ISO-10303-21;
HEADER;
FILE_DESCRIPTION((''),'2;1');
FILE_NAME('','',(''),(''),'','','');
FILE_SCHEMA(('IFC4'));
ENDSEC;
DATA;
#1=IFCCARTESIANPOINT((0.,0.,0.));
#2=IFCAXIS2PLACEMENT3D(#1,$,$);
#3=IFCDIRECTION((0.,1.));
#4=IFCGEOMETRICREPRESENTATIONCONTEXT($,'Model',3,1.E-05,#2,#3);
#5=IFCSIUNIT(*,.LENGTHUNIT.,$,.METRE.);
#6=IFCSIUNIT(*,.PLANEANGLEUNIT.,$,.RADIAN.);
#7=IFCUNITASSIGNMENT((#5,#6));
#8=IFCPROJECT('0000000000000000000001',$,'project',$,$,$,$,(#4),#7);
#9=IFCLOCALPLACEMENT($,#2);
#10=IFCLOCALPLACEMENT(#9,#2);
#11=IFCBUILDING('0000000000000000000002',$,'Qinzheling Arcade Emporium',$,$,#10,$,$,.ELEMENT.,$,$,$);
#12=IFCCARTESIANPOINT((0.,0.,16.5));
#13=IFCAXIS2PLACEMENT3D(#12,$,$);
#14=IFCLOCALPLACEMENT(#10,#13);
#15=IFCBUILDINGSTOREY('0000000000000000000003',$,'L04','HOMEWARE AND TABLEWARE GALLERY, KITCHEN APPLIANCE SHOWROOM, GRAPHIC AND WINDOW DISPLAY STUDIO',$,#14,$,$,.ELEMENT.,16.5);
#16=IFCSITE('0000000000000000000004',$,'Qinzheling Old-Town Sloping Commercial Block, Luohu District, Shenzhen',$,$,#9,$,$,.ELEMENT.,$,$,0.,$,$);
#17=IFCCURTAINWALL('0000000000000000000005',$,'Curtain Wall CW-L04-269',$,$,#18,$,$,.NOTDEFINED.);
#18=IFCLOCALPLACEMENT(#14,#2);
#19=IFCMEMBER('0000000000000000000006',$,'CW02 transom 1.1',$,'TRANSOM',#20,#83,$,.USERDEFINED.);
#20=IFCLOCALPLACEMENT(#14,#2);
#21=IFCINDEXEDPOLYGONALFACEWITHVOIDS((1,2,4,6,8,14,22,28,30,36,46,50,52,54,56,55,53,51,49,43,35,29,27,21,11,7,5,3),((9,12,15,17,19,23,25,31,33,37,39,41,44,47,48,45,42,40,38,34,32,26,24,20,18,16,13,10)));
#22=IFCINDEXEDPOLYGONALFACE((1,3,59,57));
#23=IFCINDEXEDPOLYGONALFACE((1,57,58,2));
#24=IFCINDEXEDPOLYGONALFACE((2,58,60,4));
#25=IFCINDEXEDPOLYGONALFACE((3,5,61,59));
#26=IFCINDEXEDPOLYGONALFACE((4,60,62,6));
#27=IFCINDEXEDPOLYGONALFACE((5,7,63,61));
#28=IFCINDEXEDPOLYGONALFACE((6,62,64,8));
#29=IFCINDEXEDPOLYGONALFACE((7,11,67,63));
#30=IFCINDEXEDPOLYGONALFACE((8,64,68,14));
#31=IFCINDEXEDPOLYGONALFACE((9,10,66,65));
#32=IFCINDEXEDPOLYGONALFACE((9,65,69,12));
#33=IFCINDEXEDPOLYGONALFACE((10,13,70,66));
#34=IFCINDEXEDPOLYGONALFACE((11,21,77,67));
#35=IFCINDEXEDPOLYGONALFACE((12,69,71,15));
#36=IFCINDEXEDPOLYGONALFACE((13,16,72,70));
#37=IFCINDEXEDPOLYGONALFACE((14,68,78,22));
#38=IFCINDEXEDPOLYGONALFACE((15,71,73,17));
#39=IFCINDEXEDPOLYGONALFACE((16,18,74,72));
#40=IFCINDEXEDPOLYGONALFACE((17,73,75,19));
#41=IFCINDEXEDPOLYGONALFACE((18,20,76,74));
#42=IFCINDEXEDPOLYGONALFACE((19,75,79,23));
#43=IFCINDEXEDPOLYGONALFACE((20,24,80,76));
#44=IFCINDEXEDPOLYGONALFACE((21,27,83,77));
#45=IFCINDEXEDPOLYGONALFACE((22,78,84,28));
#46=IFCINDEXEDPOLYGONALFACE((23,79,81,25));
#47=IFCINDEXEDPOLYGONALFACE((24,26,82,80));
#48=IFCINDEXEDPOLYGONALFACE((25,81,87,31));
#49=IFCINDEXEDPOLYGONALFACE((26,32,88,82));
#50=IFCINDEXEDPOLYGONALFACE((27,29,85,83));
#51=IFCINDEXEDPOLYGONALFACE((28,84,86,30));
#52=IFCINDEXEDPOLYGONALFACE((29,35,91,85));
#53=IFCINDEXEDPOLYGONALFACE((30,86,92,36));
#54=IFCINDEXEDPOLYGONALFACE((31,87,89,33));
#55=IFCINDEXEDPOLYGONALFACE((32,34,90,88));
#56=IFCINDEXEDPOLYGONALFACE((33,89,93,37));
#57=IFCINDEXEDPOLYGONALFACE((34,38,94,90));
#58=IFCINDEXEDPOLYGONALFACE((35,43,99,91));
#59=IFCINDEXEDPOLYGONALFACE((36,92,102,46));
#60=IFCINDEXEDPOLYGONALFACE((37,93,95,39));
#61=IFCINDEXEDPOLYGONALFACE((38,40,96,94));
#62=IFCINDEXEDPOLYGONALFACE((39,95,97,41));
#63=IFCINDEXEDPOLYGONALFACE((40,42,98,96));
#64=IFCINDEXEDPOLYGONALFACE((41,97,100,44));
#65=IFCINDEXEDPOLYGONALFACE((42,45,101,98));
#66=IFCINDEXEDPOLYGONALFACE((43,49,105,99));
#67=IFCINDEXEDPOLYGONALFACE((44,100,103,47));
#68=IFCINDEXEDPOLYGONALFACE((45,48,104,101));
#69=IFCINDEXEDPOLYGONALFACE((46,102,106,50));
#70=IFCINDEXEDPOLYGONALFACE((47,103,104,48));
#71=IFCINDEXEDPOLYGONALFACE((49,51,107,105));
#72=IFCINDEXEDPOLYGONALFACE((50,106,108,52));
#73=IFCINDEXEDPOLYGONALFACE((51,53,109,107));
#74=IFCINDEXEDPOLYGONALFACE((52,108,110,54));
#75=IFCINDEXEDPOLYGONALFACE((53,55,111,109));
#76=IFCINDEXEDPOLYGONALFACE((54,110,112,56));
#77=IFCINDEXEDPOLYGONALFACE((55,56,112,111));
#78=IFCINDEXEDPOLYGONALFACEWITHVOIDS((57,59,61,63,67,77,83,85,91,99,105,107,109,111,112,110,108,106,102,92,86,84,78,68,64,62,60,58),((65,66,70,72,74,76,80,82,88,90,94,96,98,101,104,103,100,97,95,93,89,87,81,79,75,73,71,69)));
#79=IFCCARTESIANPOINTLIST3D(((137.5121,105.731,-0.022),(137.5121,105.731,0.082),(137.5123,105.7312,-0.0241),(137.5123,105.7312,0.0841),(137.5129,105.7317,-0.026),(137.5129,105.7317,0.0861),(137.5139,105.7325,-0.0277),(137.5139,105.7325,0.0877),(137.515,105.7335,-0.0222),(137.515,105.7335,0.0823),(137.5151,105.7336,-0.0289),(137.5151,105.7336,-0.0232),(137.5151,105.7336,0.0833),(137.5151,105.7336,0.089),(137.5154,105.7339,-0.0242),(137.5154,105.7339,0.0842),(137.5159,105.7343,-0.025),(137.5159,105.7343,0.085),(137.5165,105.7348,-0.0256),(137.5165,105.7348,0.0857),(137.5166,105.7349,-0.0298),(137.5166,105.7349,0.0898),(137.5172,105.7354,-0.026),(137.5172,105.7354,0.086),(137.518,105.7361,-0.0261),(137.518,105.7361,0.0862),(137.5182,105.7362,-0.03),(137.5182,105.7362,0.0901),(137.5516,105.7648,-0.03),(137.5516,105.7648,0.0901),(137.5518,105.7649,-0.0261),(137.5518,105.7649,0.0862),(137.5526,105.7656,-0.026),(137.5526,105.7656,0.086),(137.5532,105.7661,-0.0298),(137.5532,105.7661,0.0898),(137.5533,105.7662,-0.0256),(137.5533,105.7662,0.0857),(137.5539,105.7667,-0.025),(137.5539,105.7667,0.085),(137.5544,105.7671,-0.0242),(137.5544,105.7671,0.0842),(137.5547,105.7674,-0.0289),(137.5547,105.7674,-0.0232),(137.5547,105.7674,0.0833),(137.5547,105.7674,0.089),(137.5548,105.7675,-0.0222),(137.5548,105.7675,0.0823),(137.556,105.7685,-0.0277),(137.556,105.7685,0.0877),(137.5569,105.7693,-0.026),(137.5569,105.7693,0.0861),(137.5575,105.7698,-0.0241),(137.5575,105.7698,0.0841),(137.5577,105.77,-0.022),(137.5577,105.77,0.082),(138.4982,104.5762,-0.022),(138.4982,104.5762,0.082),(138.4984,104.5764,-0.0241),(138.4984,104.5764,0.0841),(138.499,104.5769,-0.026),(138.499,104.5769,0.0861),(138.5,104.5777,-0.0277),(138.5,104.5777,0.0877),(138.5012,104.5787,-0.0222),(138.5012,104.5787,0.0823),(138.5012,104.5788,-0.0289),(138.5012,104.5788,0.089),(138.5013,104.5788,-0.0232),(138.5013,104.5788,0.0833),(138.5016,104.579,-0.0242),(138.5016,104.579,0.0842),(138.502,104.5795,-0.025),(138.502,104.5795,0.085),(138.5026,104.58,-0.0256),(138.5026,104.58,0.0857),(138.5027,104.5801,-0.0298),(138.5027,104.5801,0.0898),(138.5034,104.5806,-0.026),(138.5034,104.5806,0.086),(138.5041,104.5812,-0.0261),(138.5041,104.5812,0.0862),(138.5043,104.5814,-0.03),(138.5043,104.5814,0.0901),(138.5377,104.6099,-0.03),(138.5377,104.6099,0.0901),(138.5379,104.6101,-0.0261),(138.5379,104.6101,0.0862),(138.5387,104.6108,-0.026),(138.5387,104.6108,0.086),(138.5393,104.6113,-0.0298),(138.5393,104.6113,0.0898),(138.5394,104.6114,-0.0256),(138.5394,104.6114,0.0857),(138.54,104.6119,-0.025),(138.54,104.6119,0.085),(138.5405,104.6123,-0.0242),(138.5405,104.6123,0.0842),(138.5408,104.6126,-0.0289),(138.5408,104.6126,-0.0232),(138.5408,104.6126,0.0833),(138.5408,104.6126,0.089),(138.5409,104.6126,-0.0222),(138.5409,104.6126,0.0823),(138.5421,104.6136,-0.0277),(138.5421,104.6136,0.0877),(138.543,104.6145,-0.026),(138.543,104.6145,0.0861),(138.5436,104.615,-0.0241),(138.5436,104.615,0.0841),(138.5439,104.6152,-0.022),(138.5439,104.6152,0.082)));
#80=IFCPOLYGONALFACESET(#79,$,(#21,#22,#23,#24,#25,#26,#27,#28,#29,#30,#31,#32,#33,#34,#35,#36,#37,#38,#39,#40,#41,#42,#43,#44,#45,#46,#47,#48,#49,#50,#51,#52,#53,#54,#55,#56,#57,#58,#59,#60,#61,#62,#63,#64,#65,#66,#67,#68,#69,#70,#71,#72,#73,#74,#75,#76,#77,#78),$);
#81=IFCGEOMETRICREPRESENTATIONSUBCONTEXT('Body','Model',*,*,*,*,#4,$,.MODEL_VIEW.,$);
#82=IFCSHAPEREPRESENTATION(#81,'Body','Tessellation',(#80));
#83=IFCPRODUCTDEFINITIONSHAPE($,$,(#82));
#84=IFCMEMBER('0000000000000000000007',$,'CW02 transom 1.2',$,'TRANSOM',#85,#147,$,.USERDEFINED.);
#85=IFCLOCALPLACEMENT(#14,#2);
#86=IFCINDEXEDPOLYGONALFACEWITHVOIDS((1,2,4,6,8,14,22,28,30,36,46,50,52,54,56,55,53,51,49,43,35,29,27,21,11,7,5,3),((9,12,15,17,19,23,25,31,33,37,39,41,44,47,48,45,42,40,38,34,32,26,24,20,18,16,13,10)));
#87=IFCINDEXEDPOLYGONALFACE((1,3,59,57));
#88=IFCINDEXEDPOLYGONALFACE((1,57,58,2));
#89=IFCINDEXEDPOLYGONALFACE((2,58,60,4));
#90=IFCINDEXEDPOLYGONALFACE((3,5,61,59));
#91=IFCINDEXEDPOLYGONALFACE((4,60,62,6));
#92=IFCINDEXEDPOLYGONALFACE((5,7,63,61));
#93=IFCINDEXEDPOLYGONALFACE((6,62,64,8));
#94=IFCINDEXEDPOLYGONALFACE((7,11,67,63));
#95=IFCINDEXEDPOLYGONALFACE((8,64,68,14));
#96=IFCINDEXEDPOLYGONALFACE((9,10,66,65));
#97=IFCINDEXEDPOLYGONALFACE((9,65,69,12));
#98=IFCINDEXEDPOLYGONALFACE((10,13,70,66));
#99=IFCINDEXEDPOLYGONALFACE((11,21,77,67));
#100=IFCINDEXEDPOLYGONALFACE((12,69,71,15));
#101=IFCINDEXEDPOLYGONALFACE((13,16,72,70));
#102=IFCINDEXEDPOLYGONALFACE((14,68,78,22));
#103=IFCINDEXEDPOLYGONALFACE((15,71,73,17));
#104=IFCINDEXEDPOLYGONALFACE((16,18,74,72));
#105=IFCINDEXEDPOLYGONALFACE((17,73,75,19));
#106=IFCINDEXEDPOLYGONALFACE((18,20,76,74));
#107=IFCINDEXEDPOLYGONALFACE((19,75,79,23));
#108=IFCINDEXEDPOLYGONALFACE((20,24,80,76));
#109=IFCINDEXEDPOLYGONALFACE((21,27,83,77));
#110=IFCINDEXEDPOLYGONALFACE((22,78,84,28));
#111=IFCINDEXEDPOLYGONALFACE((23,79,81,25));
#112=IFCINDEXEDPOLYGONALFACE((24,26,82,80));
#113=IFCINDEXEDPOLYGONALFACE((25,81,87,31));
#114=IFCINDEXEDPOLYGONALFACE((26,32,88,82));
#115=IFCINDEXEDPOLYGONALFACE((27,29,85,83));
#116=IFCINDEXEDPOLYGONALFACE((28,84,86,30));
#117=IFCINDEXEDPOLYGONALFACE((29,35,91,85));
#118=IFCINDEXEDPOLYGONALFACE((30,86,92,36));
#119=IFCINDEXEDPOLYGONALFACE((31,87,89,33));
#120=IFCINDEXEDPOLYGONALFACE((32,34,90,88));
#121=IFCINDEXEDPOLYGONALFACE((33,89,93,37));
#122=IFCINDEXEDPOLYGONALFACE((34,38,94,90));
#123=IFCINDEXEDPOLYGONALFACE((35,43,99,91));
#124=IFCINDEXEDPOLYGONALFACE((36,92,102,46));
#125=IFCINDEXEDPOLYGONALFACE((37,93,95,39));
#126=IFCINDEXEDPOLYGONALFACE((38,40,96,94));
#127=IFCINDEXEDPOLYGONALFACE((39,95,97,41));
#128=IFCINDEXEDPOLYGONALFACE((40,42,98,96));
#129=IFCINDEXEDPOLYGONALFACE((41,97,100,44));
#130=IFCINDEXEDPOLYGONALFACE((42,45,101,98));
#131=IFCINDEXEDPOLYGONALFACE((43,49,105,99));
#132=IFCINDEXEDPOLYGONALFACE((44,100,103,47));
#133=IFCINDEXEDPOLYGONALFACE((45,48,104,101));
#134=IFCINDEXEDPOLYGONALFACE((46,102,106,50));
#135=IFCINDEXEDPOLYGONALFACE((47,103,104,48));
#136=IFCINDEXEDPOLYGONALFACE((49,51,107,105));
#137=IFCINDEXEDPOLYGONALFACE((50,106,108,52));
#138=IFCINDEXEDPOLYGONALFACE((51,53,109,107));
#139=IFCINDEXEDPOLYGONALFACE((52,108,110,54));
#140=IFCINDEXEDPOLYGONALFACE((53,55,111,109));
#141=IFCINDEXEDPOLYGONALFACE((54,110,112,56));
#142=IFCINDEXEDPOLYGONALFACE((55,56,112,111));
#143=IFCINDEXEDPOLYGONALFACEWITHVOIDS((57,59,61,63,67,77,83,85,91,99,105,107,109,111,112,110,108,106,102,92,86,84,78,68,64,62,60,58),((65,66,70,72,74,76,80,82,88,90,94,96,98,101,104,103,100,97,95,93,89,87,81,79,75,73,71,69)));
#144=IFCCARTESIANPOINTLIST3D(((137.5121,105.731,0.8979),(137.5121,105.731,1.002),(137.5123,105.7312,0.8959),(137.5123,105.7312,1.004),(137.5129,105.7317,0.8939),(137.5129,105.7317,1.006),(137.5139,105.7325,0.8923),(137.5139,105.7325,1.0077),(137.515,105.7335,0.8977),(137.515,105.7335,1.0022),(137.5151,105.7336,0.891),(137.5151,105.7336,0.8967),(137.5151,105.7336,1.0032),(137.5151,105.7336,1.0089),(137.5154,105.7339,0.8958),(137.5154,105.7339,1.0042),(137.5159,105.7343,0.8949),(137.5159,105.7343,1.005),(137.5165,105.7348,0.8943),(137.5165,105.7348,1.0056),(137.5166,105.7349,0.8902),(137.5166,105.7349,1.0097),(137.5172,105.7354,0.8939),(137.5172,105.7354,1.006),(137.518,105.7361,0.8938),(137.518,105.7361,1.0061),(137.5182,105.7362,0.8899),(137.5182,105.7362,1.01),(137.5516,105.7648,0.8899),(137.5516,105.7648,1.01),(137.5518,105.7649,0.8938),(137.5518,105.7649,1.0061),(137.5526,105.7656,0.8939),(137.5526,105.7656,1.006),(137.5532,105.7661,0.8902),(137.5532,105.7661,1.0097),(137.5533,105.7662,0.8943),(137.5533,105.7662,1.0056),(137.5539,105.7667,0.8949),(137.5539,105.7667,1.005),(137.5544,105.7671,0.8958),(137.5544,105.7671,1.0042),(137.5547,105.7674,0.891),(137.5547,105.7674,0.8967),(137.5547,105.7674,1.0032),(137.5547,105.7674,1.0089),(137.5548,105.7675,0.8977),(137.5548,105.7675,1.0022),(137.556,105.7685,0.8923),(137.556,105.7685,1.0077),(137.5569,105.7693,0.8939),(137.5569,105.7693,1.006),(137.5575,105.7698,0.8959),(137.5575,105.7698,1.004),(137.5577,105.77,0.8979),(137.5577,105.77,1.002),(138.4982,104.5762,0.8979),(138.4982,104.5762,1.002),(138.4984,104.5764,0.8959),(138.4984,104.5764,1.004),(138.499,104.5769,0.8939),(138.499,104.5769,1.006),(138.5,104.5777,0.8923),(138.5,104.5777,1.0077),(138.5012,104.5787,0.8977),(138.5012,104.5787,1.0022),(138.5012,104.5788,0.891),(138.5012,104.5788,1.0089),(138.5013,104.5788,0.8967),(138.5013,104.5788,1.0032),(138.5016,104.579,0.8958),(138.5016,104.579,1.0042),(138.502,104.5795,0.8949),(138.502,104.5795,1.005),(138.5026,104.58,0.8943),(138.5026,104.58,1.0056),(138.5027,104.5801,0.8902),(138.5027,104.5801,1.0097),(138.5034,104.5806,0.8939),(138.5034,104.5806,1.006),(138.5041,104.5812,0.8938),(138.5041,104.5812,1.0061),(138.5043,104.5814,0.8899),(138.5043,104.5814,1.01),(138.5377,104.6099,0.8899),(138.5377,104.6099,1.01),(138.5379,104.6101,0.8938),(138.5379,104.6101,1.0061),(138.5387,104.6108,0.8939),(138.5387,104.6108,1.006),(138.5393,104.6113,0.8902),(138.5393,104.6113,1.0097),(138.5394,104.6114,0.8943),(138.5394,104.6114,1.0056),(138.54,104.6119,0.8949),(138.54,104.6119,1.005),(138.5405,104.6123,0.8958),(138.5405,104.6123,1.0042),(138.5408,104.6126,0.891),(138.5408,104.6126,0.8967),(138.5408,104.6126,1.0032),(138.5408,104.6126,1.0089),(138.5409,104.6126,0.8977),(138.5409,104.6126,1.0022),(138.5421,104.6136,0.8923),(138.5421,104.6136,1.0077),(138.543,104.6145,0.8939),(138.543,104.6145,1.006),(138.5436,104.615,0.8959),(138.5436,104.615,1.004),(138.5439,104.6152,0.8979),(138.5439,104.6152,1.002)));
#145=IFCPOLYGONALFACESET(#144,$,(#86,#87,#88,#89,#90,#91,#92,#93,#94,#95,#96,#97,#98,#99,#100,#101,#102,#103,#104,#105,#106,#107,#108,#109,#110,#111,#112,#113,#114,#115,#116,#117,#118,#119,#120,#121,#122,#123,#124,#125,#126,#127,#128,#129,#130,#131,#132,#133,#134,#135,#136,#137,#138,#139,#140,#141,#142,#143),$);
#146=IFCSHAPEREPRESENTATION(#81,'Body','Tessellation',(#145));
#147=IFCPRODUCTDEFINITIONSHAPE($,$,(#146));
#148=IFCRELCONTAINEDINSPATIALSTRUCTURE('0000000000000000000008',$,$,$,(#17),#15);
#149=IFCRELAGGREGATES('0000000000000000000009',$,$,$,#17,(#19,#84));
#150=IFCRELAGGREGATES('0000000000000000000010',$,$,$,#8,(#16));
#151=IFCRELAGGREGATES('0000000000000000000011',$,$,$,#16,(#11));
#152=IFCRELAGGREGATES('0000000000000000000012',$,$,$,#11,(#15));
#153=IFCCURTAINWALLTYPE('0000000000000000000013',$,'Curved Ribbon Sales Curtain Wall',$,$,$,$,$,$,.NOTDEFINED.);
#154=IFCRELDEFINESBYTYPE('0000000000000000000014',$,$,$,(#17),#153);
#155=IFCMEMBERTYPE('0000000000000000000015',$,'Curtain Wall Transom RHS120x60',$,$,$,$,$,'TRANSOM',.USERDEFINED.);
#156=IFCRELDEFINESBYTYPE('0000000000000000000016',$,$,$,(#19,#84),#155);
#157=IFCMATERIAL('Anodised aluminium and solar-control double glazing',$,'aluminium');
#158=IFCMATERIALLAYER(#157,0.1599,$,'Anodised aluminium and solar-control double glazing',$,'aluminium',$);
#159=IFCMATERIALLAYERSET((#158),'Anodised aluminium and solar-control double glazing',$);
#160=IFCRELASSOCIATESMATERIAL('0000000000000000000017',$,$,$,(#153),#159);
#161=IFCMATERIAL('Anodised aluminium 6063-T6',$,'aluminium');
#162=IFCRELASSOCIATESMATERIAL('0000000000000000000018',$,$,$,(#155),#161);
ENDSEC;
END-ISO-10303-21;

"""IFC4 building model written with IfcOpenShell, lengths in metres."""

from ifc_helpers import new_model, si_unit, direction, frame, origin, origin_2d, place, context, subcontext, project, spatial, hollow_rectangle, extrude, material, layer, layer_set, material_profile, profile_set, type_object, element, aggregate, save


model = new_model("IFC4")

# Units and contexts
model_context = context("Model", 3, precision=1e-05, world=origin(), true_north=direction((0.0, 1.0)))
body_context = subcontext(model_context, "Body", "Model", "MODEL_VIEW")
ifc_project = project(units=[si_unit("LENGTHUNIT", "METRE"), si_unit("PLANEANGLEUNIT", "RADIAN")], contexts=[model_context])

# Site, building, storey
site_placement = place(None, origin())
site = spatial("IfcSite", under=ifc_project, at=site_placement, Name="Qinzheling Old-Town Sloping Commercial Block, Luohu District, Shenzhen", CompositionType="ELEMENT", RefElevation=0.0)
building_placement = place(site_placement, origin())
building = spatial("IfcBuilding", under=site, at=building_placement, Name="Qinzheling Arcade Emporium", CompositionType="ELEMENT")
storey_placement = place(building_placement, frame((0.0, 0.0, 16.5)))
storey = spatial("IfcBuildingStorey", under=building, at=storey_placement, Name="L04", Description="HOMEWARE AND TABLEWARE GALLERY, KITCHEN APPLIANCE SHOWROOM, GRAPHIC AND WINDOW DISPLAY STUDIO", CompositionType="ELEMENT", Elevation=16.5)

# Curtain wall
ifc_material_1 = material(Name="Anodised aluminium and solar-control double glazing", Category="aluminium")
ifc_layer_1 = layer(ifc_material_1, 0.1599, Name="Anodised aluminium and solar-control double glazing", Category="aluminium")
ifc_layer_set_1 = layer_set([ifc_layer_1], Name="Anodised aluminium and solar-control double glazing")
curtain_wall_type = type_object("IfcCurtainWallType", Name="Curved Ribbon Sales Curtain Wall", PredefinedType="NOTDEFINED", material=ifc_layer_set_1)
ifc_material_2 = material(Name="Anodised aluminium 6063-T6", Category="aluminium")
curtain_wall_1_placement = place(storey_placement, origin())
curtain_wall_1 = element("IfcCurtainWall", 1, at=curtain_wall_1_placement, inside=storey, type_object=curtain_wall_type, Name="Curtain Wall CW-L04-269", PredefinedType="NOTDEFINED")

# Members
ifc_material_profile_1 = material_profile(ifc_material_2, hollow_rectangle(XDim=0.0601, YDim=0.1201, WallThickness=0.0039, InnerFilletRadius=0.0039, OuterFilletRadius=0.0081, at=origin_2d()), Name="RHS 120x60x4", Category="aluminium")
ifc_profile_set_1 = profile_set([ifc_material_profile_1], Name="Anodised aluminium 6063-T6")
member_type_1 = type_object("IfcMemberType", Name="Curtain Wall Transom RHS120x60", ElementType="TRANSOM", PredefinedType="USERDEFINED", material=ifc_profile_set_1)
member_1_placement = place(storey_placement, frame((137.5349, 105.7505, 0.03), z_axis=(0.649374, -0.76047, 0.0), x_axis=(0.76047, 0.649374, 0.0)))
member_1 = element("IfcMember", 2, at=member_1_placement, type_object=member_type_1, Name="CW02 transom 1.1", ObjectType="TRANSOM", PredefinedType="USERDEFINED", context=body_context, shape_type="SweptSolid", body=[
    extrude(hollow_rectangle(XDim=0.0601, YDim=0.1201, WallThickness=0.0039, InnerFilletRadius=0.0039, OuterFilletRadius=0.0081, at=origin_2d()), origin(), (0.0, 0.0, 1.0), 1.5186),
])
member_2_placement = place(storey_placement, frame((137.5349, 105.7505, 0.95), z_axis=(0.649374, -0.76047, 0.0), x_axis=(0.76047, 0.649374, 0.0)))
member_2 = element("IfcMember", 3, at=member_2_placement, type_object=member_type_1, Name="CW02 transom 1.2", ObjectType="TRANSOM", PredefinedType="USERDEFINED", context=body_context, shape_type="SweptSolid", body=[
    extrude(hollow_rectangle(XDim=0.0601, YDim=0.1201, WallThickness=0.0039, InnerFilletRadius=0.0039, OuterFilletRadius=0.0081, at=origin_2d()), origin(), (0.0, 0.0, 1.0), 1.5186),
])

aggregate(curtain_wall_1, [member_1, member_2])

save(model, "model.ifc")
